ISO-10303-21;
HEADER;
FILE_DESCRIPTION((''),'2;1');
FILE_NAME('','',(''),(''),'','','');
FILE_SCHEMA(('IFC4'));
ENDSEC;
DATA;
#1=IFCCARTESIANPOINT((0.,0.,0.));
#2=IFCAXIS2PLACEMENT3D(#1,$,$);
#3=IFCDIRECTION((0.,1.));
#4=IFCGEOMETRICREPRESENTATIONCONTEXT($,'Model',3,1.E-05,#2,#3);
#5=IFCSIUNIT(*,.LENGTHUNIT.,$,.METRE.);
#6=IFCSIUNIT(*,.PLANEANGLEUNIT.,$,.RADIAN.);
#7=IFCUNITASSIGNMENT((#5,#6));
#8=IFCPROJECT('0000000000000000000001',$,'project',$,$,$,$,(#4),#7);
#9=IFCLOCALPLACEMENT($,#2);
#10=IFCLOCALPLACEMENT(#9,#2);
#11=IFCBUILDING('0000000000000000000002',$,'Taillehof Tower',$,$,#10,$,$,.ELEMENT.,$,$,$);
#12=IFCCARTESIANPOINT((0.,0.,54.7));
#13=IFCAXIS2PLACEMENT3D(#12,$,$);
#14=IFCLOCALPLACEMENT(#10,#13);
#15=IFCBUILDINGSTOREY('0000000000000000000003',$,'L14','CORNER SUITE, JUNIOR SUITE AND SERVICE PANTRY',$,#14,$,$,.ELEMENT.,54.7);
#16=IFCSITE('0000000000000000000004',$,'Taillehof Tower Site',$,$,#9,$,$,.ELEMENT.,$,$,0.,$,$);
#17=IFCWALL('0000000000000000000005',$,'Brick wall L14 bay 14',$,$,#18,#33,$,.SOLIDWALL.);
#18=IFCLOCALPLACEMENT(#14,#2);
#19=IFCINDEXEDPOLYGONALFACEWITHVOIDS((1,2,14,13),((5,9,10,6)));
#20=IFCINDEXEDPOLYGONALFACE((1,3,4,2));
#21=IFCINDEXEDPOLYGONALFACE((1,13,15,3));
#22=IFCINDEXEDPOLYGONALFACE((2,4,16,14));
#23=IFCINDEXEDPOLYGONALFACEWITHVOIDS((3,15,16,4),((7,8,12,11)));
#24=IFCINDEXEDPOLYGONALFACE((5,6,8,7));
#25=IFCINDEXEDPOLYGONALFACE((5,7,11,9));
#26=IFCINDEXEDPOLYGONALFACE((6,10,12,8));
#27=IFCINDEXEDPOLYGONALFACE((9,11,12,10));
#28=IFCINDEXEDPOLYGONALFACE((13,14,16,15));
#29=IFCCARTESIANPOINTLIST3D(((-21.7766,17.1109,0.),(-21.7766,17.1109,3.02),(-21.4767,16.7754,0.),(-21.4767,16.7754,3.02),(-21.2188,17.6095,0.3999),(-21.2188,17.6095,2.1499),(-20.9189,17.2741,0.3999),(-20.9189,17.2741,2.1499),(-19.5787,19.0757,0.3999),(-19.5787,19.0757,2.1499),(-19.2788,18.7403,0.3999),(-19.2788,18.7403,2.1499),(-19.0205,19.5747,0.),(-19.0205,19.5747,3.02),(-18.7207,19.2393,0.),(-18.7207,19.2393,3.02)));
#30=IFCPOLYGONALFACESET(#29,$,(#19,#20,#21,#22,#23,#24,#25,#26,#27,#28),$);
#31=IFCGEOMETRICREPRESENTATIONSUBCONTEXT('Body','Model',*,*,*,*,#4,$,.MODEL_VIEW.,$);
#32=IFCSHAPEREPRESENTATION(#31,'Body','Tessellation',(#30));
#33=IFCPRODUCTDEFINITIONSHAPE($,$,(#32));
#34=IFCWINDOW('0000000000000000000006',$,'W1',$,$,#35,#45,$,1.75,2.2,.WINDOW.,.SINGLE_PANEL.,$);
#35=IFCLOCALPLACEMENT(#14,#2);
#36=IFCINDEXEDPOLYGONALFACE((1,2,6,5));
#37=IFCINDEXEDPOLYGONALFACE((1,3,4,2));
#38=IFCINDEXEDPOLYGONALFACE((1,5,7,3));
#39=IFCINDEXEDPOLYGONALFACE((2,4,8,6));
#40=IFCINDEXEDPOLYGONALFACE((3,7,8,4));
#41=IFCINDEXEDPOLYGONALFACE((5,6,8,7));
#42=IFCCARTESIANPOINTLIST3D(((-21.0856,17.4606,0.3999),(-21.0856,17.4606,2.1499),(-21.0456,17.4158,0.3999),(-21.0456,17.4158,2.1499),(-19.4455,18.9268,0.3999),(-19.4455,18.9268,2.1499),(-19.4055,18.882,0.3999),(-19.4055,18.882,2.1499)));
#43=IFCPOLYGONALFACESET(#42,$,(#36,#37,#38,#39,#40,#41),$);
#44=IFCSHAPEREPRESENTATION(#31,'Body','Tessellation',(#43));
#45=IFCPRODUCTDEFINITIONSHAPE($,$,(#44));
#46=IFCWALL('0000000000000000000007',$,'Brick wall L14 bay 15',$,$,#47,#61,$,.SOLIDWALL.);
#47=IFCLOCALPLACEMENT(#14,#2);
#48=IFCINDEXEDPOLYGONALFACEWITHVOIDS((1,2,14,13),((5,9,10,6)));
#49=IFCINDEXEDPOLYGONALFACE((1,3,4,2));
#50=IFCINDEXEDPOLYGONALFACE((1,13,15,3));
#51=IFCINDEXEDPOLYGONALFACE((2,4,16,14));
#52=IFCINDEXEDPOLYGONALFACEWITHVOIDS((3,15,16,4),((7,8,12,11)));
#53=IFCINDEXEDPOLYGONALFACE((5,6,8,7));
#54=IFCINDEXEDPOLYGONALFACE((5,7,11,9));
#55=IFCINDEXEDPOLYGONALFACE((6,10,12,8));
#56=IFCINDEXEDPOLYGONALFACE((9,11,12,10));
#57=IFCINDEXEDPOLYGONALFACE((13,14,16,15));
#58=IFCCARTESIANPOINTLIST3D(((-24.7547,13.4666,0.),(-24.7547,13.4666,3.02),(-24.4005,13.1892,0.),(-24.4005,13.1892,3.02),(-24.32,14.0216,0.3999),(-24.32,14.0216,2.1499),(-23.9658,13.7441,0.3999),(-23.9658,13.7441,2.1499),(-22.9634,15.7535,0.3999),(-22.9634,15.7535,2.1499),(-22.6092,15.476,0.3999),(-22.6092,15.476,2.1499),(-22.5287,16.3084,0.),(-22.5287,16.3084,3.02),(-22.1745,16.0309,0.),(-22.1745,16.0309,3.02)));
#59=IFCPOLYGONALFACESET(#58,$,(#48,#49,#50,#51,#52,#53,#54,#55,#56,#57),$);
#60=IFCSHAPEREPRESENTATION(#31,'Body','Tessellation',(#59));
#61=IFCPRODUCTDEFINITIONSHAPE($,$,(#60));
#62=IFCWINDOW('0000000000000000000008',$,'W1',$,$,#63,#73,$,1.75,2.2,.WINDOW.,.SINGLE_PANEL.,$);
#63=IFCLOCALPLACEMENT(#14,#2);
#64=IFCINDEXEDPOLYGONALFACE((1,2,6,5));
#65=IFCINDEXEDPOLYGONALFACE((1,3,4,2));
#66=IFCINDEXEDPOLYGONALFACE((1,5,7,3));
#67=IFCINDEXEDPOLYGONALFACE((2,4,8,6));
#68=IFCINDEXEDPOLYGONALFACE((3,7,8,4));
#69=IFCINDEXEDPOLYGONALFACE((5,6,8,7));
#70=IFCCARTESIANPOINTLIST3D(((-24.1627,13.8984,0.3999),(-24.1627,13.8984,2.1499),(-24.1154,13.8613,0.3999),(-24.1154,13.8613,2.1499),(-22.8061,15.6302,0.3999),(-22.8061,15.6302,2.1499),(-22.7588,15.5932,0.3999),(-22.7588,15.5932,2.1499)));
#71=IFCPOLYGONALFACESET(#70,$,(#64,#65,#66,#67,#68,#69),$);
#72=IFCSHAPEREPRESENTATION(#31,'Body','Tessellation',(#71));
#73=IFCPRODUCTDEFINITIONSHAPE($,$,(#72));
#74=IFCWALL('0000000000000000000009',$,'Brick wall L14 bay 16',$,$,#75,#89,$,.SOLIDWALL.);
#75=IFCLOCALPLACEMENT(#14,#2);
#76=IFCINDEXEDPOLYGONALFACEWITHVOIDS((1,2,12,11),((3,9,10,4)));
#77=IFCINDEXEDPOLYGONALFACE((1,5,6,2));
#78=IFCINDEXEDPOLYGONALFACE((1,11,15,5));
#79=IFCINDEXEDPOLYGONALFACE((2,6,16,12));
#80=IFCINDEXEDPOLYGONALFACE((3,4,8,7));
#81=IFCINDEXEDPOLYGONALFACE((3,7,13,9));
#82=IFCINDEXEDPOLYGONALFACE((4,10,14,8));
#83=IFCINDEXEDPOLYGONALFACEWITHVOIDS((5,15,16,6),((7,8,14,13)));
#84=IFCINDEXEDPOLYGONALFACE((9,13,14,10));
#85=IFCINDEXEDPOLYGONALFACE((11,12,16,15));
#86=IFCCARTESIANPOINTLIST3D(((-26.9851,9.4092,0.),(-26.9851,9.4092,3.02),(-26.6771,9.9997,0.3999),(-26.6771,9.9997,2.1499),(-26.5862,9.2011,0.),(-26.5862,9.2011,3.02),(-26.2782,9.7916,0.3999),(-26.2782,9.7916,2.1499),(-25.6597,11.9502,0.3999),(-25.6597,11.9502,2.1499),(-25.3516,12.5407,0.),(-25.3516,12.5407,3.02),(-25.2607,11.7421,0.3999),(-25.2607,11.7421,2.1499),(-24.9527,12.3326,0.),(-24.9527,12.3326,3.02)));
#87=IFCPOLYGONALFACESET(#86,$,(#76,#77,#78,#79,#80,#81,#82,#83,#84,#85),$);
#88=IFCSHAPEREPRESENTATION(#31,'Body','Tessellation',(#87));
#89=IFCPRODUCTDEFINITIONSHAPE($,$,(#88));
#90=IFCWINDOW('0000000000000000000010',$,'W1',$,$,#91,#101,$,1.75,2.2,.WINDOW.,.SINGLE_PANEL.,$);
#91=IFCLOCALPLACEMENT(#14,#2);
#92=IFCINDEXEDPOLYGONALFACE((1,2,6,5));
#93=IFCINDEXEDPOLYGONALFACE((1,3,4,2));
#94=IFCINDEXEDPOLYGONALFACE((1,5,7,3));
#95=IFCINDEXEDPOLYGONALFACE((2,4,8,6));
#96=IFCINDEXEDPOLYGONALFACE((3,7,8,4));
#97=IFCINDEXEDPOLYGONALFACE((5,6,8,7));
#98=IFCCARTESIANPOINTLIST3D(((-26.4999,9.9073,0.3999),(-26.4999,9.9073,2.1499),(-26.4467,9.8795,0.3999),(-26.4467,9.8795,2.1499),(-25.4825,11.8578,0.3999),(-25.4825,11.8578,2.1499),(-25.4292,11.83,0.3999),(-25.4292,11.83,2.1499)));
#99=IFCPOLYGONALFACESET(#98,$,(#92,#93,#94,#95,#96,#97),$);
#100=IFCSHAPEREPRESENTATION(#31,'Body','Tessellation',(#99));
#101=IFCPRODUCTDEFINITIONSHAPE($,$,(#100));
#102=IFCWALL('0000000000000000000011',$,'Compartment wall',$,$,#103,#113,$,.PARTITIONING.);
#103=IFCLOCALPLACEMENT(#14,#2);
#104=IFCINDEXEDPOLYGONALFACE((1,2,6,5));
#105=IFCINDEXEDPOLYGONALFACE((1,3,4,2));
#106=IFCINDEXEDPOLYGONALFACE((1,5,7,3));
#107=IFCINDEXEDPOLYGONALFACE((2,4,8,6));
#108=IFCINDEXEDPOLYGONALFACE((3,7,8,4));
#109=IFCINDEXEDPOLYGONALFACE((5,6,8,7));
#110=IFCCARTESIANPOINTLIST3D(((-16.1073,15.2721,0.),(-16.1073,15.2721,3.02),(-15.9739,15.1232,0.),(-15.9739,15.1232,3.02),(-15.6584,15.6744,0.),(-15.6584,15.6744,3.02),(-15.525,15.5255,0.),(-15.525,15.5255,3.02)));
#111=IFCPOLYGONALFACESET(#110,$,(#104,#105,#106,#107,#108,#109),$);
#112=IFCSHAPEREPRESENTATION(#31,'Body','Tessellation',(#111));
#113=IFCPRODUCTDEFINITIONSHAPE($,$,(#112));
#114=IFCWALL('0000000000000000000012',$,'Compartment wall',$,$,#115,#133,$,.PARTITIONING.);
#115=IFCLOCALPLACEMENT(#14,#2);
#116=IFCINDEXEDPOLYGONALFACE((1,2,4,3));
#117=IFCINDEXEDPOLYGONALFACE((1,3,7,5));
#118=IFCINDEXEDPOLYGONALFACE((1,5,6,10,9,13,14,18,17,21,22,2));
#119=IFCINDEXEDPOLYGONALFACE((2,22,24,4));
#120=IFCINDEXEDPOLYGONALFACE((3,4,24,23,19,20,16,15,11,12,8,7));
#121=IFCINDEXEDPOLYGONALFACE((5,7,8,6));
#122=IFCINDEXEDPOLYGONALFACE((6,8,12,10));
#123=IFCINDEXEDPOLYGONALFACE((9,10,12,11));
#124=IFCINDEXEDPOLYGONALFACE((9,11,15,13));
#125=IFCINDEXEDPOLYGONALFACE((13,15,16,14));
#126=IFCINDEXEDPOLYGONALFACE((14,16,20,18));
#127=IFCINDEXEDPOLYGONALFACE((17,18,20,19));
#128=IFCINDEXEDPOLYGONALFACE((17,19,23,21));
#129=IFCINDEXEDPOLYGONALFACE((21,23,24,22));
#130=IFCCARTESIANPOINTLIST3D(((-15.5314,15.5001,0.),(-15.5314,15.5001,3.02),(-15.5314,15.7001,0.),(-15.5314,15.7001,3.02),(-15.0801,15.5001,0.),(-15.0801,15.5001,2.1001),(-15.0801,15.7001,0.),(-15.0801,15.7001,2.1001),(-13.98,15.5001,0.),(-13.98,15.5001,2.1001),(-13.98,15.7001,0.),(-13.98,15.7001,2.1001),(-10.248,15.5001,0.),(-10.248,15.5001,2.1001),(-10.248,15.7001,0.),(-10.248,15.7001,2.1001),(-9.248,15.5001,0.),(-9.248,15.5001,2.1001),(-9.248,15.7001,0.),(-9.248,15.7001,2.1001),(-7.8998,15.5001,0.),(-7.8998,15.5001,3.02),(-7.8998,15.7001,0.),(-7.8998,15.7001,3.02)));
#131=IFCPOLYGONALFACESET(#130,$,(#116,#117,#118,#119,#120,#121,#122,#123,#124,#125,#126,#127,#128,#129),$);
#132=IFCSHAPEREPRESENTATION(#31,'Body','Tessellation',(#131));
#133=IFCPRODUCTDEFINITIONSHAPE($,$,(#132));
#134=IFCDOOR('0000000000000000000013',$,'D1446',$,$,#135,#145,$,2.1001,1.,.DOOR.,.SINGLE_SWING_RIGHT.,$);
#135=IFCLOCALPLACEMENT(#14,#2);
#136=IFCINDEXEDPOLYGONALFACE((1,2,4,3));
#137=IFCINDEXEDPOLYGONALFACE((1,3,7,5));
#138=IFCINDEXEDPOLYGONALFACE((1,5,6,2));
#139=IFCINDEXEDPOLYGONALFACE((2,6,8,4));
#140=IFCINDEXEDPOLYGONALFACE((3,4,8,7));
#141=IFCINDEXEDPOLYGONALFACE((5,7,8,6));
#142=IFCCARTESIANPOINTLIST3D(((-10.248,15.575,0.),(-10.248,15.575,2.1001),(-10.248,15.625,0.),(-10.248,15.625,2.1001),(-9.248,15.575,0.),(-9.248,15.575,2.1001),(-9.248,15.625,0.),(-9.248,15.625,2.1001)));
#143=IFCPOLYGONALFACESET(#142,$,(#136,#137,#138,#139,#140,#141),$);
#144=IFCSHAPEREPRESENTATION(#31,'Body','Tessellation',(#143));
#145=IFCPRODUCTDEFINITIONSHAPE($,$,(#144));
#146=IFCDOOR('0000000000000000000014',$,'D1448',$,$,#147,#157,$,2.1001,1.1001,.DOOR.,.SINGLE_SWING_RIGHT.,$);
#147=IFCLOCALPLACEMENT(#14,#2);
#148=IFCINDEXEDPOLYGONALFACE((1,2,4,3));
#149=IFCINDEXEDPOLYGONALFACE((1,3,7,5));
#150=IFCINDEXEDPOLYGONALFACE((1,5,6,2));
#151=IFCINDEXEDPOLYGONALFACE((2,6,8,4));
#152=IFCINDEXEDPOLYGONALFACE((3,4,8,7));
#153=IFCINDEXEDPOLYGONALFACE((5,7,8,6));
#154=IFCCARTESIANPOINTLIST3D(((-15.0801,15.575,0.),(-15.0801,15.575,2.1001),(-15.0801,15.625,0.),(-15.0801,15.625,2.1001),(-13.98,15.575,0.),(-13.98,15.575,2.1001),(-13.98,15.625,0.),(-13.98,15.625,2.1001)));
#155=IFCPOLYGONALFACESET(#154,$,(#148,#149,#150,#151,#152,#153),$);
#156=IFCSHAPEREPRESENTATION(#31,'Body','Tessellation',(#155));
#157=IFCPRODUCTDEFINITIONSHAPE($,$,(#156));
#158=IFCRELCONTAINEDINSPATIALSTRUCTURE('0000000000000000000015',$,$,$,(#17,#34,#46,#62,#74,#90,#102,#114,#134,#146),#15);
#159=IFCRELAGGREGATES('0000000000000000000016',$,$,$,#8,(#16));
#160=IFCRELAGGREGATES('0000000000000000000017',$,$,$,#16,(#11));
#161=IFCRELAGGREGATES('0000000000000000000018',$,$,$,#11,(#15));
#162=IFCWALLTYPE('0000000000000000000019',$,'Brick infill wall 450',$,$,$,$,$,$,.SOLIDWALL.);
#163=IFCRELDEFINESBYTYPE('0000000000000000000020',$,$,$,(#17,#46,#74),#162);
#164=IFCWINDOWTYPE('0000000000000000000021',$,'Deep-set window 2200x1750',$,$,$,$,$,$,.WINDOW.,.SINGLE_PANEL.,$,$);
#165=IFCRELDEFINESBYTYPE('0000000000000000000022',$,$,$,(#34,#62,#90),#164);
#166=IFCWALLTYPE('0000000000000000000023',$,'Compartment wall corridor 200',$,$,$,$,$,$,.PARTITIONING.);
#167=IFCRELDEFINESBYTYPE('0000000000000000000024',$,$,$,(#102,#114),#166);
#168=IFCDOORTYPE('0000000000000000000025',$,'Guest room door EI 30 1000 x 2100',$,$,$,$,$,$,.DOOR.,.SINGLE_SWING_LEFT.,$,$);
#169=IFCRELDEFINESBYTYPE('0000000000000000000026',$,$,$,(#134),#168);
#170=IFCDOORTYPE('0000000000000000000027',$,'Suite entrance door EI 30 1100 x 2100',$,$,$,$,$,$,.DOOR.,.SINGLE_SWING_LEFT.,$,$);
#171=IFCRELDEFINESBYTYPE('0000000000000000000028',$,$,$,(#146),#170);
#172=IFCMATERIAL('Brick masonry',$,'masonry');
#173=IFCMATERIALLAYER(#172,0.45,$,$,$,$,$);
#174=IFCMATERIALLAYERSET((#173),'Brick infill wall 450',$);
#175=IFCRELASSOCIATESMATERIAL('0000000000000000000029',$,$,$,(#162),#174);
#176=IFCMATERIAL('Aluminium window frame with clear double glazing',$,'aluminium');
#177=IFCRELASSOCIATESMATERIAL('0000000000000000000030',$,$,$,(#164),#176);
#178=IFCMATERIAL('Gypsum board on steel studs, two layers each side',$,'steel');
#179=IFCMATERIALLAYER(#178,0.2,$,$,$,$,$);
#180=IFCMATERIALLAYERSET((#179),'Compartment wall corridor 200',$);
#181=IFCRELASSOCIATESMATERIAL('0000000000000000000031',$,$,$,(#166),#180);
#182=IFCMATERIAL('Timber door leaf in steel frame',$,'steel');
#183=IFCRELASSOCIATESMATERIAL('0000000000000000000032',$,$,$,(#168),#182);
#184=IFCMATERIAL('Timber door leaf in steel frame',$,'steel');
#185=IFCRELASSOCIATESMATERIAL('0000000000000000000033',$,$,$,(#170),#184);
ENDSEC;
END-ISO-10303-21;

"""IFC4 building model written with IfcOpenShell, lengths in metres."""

from ifc_helpers import new_model, si_unit, direction, frame, frame_2d, origin, place, context, subcontext, project, spatial, rectangle, extrude, material, layer, layer_set, type_object, element, fill, save


model = new_model("IFC4")

# Units and contexts
model_context = context("Model", 3, precision=1e-05, world=origin(), true_north=direction((0.0, 1.0)))
body_context = subcontext(model_context, "Body", "Model", "MODEL_VIEW")
ifc_project = project(units=[si_unit("LENGTHUNIT", "METRE"), si_unit("PLANEANGLEUNIT", "RADIAN")], contexts=[model_context])

# Site, building, storey
site_placement = place(None, origin())
site = spatial("IfcSite", under=ifc_project, at=site_placement, Name="Taillehof Tower Site", CompositionType="ELEMENT", RefElevation=0.0)
building_placement = place(site_placement, origin())
building = spatial("IfcBuilding", under=site, at=building_placement, Name="Taillehof Tower", CompositionType="ELEMENT")
storey_placement = place(building_placement, frame((0.0, 0.0, 54.7)))
storey = spatial("IfcBuildingStorey", under=building, at=storey_placement, Name="L14", Description="CORNER SUITE, JUNIOR SUITE AND SERVICE PANTRY", CompositionType="ELEMENT", Elevation=54.7)

# Walls, openings, windows
ifc_material_1 = material(Name="Brick masonry", Category="masonry")
ifc_layer_1 = layer(ifc_material_1, 0.45)
ifc_layer_set_1 = layer_set([ifc_layer_1], Name="Brick infill wall 450")
wall_type_1 = type_object("IfcWallType", Name="Brick infill wall 450", PredefinedType="SOLIDWALL", material=ifc_layer_set_1)
ifc_material_2 = material(Name="Aluminium window frame with clear double glazing", Category="aluminium")
window_type = type_object("IfcWindowType", Name="Deep-set window 2200x1750", PartitioningType="SINGLE_PANEL", PredefinedType="WINDOW", material=ifc_material_2)
wall_1_placement = place(storey_placement, frame((-18.8706, 19.407, 0.0), z_axis=(0.0, 0.0, 1.0), x_axis=(-0.745526, -0.666476, 0.0)))
wall_1 = element("IfcWall", 1, at=wall_1_placement, inside=storey, type_object=wall_type_1, Name="Brick wall L14 bay 14", PredefinedType="SOLIDWALL", context=body_context, shape_type="SweptSolid", body=[
    extrude(rectangle(XDim=3.6968, YDim=0.45, at=frame_2d((1.8484, 0.0))), origin(), (0.0, 0.0, 1.0), 3.02),
])
opening_1_placement = place(wall_1_placement, frame((0.7485, 0.0, 0.3999)))
opening_1 = element("IfcOpeningElement", 2, at=opening_1_placement, cuts=wall_1, PredefinedType="OPENING", context=body_context, shape_type="SweptSolid", body=[
    extrude(rectangle(XDim=2.2, YDim=1.75, at=frame_2d((1.1001, 0.875))), frame((0.0, 0.2349, 0.0), z_axis=(0.0, -1.0, 0.0), x_axis=(1.0, 0.0, 0.0)), (0.0, 0.0, 1.0), 0.47),
])
window_1_placement = place(opening_1_placement, origin())
window_1 = element("IfcWindow", 3, at=window_1_placement, inside=storey, type_object=window_type, Name="W1", OverallHeight=1.75, OverallWidth=2.2, PartitioningType="SINGLE_PANEL", PredefinedType="WINDOW", context=body_context, shape_type="SweptSolid", body=[
    extrude(rectangle(XDim=2.2, YDim=1.75, at=frame_2d((1.1001, 0.875))), frame((0.0, 0.0349, 0.0), z_axis=(0.0, -1.0, 0.0), x_axis=(1.0, 0.0, 0.0)), (0.0, 0.0, 1.0), 0.0601),
])
fill(opening_1, window_1)
wall_2_placement = place(storey_placement, frame((-22.3516, 16.1697, 0.0), z_axis=(0.0, 0.0, 1.0), x_axis=(-0.616662, -0.787228, 0.0)))
wall_2 = element("IfcWall", 4, at=wall_2_placement, inside=storey, type_object=wall_type_1, Name="Brick wall L14 bay 15", PredefinedType="SOLIDWALL", context=body_context, shape_type="SweptSolid", body=[
    extrude(rectangle(XDim=3.6099, YDim=0.45, at=frame_2d((1.8049, 0.0))), origin(), (0.0, 0.0, 1.0), 3.02),
])
opening_2_placement = place(wall_2_placement, frame((0.7048, 0.0, 0.3999)))
opening_2 = element("IfcOpeningElement", 5, at=opening_2_placement, cuts=wall_2, PredefinedType="OPENING", context=body_context, shape_type="SweptSolid", body=[
    extrude(rectangle(XDim=2.2, YDim=1.75, at=frame_2d((1.1001, 0.875))), frame((0.0, 0.2349, 0.0), z_axis=(0.0, -1.0, 0.0), x_axis=(1.0, 0.0, 0.0)), (0.0, 0.0, 1.0), 0.47),
])
window_2_placement = place(opening_2_placement, origin())
window_2 = element("IfcWindow", 6, at=window_2_placement, inside=storey, type_object=window_type, Name="W1", OverallHeight=1.75, OverallWidth=2.2, PartitioningType="SINGLE_PANEL", PredefinedType="WINDOW", context=body_context, shape_type="SweptSolid", body=[
    extrude(rectangle(XDim=2.2, YDim=1.75, at=frame_2d((1.1001, 0.875))), frame((0.0, 0.0349, 0.0), z_axis=(0.0, -1.0, 0.0), x_axis=(1.0, 0.0, 0.0)), (0.0, 0.0, 1.0), 0.0601),
])
fill(opening_2, window_2)
wall_3_placement = place(storey_placement, frame((-25.1521, 12.4368, 0.0), z_axis=(0.0, 0.0, 1.0), x_axis=(-0.462493, -0.886623, 0.0)))
wall_3 = element("IfcWall", 7, at=wall_3_placement, inside=storey, type_object=wall_type_1, Name="Brick wall L14 bay 16", PredefinedType="SOLIDWALL", context=body_context, shape_type="SweptSolid", body=[
    extrude(rectangle(XDim=3.532, YDim=0.45, at=frame_2d((1.7661, 0.0))), origin(), (0.0, 0.0, 1.0), 3.02),
])
opening_3_placement = place(wall_3_placement, frame((0.666, 0.0, 0.3999)))
opening_3 = element("IfcOpeningElement", 8, at=opening_3_placement, cuts=wall_3, PredefinedType="OPENING", context=body_context, shape_type="SweptSolid", body=[
    extrude(rectangle(XDim=2.2, YDim=1.75, at=frame_2d((1.1001, 0.875))), frame((0.0, 0.2349, 0.0), z_axis=(0.0, -1.0, 0.0), x_axis=(1.0, 0.0, 0.0)), (0.0, 0.0, 1.0), 0.47),
])
window_3_placement = place(opening_3_placement, origin())
window_3 = element("IfcWindow", 9, at=window_3_placement, inside=storey, type_object=window_type, Name="W1", OverallHeight=1.75, OverallWidth=2.2, PartitioningType="SINGLE_PANEL", PredefinedType="WINDOW", context=body_context, shape_type="SweptSolid", body=[
    extrude(rectangle(XDim=2.2, YDim=1.75, at=frame_2d((1.1001, 0.875))), frame((0.0, 0.0349, 0.0), z_axis=(0.0, -1.0, 0.0), x_axis=(1.0, 0.0, 0.0)), (0.0, 0.0, 1.0), 0.0601),
])
fill(opening_3, window_3)

# Wall
ifc_material_3 = material(Name="Gypsum board on steel studs, two layers each side", Category="steel")
ifc_layer_2 = layer(ifc_material_3, 0.2)
ifc_layer_set_2 = layer_set([ifc_layer_2], Name="Compartment wall corridor 200")
wall_type_2 = type_object("IfcWallType", Name="Compartment wall corridor 200", PredefinedType="PARTITIONING", material=ifc_layer_set_2)
wall_4_placement = place(storey_placement, frame((-16.0405, 15.1978, 0.0), z_axis=(0.0, 0.0, 1.0), x_axis=(0.744722, 0.667375, 0.0)))
element("IfcWall", 10, at=wall_4_placement, inside=storey, type_object=wall_type_2, Name="Compartment wall", PredefinedType="PARTITIONING", context=body_context, shape_type="SweptSolid", body=[
    extrude(rectangle(XDim=0.6028, YDim=0.2, at=frame_2d((0.3013, 0.0))), origin(), (0.0, 0.0, 1.0), 3.02),
])

# Wall, openings, doors
wall_5_placement = place(storey_placement, frame((-15.5315, 15.6001, 0.0), z_axis=(0.0, 0.0, 1.0), x_axis=(1.0, 0.0, 0.0)))
wall_5 = element("IfcWall", 11, at=wall_5_placement, inside=storey, type_object=wall_type_2, Name="Compartment wall", PredefinedType="PARTITIONING", context=body_context, shape_type="SweptSolid", body=[
    extrude(rectangle(XDim=7.6316, YDim=0.2, at=frame_2d((3.8159, 0.0))), origin(), (0.0, 0.0, 1.0), 3.02),
])
opening_4_placement = place(wall_5_placement, frame((5.2834, 0.0, 0.0)))
opening_4 = element("IfcOpeningElement", 12, at=opening_4_placement, cuts=wall_5, PredefinedType="OPENING", context=body_context, shape_type="SweptSolid", body=[
    extrude(rectangle(XDim=1.0, YDim=2.1001, at=frame_2d((0.5, 1.05))), frame((0.0, 0.1099, 0.0), z_axis=(0.0, -1.0, 0.0), x_axis=(1.0, 0.0, 0.0)), (0.0, 0.0, 1.0), 0.22),
])
opening_5_placement = place(wall_5_placement, frame((0.4514, 0.0, 0.0)))
opening_5 = element("IfcOpeningElement", 13, at=opening_5_placement, cuts=wall_5, PredefinedType="OPENING", context=body_context, shape_type="SweptSolid", body=[
    extrude(rectangle(XDim=1.1001, YDim=2.1001, at=frame_2d((0.55, 1.05))), frame((0.0, 0.1099, 0.0), z_axis=(0.0, -1.0, 0.0), x_axis=(1.0, 0.0, 0.0)), (0.0, 0.0, 1.0), 0.22),
])
ifc_material_4 = material(Name="Timber door leaf in steel frame", Category="steel")
door_type_1 = type_object("IfcDoorType", Name="Guest room door EI 30 1000 x 2100", OperationType="SINGLE_SWING_LEFT", PredefinedType="DOOR", material=ifc_material_4)
door_1_placement = place(opening_4_placement, origin())
door_1 = element("IfcDoor", 14, at=door_1_placement, inside=storey, type_object=door_type_1, Name="D1446", OperationType="SINGLE_SWING_RIGHT", OverallHeight=2.1001, OverallWidth=1.0, PredefinedType="DOOR", context=body_context, shape_type="SweptSolid", body=[
    extrude(rectangle(XDim=1.0, YDim=2.1001, at=frame_2d((0.5, 1.05))), frame((0.0, 0.0249, 0.0), z_axis=(0.0, -1.0, 0.0), x_axis=(1.0, 0.0, 0.0)), (0.0, 0.0, 1.0), 0.05),
])
fill(opening_4, door_1)
ifc_material_5 = material(Name="Timber door leaf in steel frame", Category="steel")
door_type_2 = type_object("IfcDoorType", Name="Suite entrance door EI 30 1100 x 2100", OperationType="SINGLE_SWING_LEFT", PredefinedType="DOOR", material=ifc_material_5)
door_2_placement = place(opening_5_placement, origin())
door_2 = element("IfcDoor", 15, at=door_2_placement, inside=storey, type_object=door_type_2, Name="D1448", OperationType="SINGLE_SWING_RIGHT", OverallHeight=2.1001, OverallWidth=1.1001, PredefinedType="DOOR", context=body_context, shape_type="SweptSolid", body=[
    extrude(rectangle(XDim=1.1001, YDim=2.1001, at=frame_2d((0.55, 1.05))), frame((0.0, 0.0249, 0.0), z_axis=(0.0, -1.0, 0.0), x_axis=(1.0, 0.0, 0.0)), (0.0, 0.0, 1.0), 0.05),
])
fill(opening_5, door_2)

save(model, "model.ifc")
